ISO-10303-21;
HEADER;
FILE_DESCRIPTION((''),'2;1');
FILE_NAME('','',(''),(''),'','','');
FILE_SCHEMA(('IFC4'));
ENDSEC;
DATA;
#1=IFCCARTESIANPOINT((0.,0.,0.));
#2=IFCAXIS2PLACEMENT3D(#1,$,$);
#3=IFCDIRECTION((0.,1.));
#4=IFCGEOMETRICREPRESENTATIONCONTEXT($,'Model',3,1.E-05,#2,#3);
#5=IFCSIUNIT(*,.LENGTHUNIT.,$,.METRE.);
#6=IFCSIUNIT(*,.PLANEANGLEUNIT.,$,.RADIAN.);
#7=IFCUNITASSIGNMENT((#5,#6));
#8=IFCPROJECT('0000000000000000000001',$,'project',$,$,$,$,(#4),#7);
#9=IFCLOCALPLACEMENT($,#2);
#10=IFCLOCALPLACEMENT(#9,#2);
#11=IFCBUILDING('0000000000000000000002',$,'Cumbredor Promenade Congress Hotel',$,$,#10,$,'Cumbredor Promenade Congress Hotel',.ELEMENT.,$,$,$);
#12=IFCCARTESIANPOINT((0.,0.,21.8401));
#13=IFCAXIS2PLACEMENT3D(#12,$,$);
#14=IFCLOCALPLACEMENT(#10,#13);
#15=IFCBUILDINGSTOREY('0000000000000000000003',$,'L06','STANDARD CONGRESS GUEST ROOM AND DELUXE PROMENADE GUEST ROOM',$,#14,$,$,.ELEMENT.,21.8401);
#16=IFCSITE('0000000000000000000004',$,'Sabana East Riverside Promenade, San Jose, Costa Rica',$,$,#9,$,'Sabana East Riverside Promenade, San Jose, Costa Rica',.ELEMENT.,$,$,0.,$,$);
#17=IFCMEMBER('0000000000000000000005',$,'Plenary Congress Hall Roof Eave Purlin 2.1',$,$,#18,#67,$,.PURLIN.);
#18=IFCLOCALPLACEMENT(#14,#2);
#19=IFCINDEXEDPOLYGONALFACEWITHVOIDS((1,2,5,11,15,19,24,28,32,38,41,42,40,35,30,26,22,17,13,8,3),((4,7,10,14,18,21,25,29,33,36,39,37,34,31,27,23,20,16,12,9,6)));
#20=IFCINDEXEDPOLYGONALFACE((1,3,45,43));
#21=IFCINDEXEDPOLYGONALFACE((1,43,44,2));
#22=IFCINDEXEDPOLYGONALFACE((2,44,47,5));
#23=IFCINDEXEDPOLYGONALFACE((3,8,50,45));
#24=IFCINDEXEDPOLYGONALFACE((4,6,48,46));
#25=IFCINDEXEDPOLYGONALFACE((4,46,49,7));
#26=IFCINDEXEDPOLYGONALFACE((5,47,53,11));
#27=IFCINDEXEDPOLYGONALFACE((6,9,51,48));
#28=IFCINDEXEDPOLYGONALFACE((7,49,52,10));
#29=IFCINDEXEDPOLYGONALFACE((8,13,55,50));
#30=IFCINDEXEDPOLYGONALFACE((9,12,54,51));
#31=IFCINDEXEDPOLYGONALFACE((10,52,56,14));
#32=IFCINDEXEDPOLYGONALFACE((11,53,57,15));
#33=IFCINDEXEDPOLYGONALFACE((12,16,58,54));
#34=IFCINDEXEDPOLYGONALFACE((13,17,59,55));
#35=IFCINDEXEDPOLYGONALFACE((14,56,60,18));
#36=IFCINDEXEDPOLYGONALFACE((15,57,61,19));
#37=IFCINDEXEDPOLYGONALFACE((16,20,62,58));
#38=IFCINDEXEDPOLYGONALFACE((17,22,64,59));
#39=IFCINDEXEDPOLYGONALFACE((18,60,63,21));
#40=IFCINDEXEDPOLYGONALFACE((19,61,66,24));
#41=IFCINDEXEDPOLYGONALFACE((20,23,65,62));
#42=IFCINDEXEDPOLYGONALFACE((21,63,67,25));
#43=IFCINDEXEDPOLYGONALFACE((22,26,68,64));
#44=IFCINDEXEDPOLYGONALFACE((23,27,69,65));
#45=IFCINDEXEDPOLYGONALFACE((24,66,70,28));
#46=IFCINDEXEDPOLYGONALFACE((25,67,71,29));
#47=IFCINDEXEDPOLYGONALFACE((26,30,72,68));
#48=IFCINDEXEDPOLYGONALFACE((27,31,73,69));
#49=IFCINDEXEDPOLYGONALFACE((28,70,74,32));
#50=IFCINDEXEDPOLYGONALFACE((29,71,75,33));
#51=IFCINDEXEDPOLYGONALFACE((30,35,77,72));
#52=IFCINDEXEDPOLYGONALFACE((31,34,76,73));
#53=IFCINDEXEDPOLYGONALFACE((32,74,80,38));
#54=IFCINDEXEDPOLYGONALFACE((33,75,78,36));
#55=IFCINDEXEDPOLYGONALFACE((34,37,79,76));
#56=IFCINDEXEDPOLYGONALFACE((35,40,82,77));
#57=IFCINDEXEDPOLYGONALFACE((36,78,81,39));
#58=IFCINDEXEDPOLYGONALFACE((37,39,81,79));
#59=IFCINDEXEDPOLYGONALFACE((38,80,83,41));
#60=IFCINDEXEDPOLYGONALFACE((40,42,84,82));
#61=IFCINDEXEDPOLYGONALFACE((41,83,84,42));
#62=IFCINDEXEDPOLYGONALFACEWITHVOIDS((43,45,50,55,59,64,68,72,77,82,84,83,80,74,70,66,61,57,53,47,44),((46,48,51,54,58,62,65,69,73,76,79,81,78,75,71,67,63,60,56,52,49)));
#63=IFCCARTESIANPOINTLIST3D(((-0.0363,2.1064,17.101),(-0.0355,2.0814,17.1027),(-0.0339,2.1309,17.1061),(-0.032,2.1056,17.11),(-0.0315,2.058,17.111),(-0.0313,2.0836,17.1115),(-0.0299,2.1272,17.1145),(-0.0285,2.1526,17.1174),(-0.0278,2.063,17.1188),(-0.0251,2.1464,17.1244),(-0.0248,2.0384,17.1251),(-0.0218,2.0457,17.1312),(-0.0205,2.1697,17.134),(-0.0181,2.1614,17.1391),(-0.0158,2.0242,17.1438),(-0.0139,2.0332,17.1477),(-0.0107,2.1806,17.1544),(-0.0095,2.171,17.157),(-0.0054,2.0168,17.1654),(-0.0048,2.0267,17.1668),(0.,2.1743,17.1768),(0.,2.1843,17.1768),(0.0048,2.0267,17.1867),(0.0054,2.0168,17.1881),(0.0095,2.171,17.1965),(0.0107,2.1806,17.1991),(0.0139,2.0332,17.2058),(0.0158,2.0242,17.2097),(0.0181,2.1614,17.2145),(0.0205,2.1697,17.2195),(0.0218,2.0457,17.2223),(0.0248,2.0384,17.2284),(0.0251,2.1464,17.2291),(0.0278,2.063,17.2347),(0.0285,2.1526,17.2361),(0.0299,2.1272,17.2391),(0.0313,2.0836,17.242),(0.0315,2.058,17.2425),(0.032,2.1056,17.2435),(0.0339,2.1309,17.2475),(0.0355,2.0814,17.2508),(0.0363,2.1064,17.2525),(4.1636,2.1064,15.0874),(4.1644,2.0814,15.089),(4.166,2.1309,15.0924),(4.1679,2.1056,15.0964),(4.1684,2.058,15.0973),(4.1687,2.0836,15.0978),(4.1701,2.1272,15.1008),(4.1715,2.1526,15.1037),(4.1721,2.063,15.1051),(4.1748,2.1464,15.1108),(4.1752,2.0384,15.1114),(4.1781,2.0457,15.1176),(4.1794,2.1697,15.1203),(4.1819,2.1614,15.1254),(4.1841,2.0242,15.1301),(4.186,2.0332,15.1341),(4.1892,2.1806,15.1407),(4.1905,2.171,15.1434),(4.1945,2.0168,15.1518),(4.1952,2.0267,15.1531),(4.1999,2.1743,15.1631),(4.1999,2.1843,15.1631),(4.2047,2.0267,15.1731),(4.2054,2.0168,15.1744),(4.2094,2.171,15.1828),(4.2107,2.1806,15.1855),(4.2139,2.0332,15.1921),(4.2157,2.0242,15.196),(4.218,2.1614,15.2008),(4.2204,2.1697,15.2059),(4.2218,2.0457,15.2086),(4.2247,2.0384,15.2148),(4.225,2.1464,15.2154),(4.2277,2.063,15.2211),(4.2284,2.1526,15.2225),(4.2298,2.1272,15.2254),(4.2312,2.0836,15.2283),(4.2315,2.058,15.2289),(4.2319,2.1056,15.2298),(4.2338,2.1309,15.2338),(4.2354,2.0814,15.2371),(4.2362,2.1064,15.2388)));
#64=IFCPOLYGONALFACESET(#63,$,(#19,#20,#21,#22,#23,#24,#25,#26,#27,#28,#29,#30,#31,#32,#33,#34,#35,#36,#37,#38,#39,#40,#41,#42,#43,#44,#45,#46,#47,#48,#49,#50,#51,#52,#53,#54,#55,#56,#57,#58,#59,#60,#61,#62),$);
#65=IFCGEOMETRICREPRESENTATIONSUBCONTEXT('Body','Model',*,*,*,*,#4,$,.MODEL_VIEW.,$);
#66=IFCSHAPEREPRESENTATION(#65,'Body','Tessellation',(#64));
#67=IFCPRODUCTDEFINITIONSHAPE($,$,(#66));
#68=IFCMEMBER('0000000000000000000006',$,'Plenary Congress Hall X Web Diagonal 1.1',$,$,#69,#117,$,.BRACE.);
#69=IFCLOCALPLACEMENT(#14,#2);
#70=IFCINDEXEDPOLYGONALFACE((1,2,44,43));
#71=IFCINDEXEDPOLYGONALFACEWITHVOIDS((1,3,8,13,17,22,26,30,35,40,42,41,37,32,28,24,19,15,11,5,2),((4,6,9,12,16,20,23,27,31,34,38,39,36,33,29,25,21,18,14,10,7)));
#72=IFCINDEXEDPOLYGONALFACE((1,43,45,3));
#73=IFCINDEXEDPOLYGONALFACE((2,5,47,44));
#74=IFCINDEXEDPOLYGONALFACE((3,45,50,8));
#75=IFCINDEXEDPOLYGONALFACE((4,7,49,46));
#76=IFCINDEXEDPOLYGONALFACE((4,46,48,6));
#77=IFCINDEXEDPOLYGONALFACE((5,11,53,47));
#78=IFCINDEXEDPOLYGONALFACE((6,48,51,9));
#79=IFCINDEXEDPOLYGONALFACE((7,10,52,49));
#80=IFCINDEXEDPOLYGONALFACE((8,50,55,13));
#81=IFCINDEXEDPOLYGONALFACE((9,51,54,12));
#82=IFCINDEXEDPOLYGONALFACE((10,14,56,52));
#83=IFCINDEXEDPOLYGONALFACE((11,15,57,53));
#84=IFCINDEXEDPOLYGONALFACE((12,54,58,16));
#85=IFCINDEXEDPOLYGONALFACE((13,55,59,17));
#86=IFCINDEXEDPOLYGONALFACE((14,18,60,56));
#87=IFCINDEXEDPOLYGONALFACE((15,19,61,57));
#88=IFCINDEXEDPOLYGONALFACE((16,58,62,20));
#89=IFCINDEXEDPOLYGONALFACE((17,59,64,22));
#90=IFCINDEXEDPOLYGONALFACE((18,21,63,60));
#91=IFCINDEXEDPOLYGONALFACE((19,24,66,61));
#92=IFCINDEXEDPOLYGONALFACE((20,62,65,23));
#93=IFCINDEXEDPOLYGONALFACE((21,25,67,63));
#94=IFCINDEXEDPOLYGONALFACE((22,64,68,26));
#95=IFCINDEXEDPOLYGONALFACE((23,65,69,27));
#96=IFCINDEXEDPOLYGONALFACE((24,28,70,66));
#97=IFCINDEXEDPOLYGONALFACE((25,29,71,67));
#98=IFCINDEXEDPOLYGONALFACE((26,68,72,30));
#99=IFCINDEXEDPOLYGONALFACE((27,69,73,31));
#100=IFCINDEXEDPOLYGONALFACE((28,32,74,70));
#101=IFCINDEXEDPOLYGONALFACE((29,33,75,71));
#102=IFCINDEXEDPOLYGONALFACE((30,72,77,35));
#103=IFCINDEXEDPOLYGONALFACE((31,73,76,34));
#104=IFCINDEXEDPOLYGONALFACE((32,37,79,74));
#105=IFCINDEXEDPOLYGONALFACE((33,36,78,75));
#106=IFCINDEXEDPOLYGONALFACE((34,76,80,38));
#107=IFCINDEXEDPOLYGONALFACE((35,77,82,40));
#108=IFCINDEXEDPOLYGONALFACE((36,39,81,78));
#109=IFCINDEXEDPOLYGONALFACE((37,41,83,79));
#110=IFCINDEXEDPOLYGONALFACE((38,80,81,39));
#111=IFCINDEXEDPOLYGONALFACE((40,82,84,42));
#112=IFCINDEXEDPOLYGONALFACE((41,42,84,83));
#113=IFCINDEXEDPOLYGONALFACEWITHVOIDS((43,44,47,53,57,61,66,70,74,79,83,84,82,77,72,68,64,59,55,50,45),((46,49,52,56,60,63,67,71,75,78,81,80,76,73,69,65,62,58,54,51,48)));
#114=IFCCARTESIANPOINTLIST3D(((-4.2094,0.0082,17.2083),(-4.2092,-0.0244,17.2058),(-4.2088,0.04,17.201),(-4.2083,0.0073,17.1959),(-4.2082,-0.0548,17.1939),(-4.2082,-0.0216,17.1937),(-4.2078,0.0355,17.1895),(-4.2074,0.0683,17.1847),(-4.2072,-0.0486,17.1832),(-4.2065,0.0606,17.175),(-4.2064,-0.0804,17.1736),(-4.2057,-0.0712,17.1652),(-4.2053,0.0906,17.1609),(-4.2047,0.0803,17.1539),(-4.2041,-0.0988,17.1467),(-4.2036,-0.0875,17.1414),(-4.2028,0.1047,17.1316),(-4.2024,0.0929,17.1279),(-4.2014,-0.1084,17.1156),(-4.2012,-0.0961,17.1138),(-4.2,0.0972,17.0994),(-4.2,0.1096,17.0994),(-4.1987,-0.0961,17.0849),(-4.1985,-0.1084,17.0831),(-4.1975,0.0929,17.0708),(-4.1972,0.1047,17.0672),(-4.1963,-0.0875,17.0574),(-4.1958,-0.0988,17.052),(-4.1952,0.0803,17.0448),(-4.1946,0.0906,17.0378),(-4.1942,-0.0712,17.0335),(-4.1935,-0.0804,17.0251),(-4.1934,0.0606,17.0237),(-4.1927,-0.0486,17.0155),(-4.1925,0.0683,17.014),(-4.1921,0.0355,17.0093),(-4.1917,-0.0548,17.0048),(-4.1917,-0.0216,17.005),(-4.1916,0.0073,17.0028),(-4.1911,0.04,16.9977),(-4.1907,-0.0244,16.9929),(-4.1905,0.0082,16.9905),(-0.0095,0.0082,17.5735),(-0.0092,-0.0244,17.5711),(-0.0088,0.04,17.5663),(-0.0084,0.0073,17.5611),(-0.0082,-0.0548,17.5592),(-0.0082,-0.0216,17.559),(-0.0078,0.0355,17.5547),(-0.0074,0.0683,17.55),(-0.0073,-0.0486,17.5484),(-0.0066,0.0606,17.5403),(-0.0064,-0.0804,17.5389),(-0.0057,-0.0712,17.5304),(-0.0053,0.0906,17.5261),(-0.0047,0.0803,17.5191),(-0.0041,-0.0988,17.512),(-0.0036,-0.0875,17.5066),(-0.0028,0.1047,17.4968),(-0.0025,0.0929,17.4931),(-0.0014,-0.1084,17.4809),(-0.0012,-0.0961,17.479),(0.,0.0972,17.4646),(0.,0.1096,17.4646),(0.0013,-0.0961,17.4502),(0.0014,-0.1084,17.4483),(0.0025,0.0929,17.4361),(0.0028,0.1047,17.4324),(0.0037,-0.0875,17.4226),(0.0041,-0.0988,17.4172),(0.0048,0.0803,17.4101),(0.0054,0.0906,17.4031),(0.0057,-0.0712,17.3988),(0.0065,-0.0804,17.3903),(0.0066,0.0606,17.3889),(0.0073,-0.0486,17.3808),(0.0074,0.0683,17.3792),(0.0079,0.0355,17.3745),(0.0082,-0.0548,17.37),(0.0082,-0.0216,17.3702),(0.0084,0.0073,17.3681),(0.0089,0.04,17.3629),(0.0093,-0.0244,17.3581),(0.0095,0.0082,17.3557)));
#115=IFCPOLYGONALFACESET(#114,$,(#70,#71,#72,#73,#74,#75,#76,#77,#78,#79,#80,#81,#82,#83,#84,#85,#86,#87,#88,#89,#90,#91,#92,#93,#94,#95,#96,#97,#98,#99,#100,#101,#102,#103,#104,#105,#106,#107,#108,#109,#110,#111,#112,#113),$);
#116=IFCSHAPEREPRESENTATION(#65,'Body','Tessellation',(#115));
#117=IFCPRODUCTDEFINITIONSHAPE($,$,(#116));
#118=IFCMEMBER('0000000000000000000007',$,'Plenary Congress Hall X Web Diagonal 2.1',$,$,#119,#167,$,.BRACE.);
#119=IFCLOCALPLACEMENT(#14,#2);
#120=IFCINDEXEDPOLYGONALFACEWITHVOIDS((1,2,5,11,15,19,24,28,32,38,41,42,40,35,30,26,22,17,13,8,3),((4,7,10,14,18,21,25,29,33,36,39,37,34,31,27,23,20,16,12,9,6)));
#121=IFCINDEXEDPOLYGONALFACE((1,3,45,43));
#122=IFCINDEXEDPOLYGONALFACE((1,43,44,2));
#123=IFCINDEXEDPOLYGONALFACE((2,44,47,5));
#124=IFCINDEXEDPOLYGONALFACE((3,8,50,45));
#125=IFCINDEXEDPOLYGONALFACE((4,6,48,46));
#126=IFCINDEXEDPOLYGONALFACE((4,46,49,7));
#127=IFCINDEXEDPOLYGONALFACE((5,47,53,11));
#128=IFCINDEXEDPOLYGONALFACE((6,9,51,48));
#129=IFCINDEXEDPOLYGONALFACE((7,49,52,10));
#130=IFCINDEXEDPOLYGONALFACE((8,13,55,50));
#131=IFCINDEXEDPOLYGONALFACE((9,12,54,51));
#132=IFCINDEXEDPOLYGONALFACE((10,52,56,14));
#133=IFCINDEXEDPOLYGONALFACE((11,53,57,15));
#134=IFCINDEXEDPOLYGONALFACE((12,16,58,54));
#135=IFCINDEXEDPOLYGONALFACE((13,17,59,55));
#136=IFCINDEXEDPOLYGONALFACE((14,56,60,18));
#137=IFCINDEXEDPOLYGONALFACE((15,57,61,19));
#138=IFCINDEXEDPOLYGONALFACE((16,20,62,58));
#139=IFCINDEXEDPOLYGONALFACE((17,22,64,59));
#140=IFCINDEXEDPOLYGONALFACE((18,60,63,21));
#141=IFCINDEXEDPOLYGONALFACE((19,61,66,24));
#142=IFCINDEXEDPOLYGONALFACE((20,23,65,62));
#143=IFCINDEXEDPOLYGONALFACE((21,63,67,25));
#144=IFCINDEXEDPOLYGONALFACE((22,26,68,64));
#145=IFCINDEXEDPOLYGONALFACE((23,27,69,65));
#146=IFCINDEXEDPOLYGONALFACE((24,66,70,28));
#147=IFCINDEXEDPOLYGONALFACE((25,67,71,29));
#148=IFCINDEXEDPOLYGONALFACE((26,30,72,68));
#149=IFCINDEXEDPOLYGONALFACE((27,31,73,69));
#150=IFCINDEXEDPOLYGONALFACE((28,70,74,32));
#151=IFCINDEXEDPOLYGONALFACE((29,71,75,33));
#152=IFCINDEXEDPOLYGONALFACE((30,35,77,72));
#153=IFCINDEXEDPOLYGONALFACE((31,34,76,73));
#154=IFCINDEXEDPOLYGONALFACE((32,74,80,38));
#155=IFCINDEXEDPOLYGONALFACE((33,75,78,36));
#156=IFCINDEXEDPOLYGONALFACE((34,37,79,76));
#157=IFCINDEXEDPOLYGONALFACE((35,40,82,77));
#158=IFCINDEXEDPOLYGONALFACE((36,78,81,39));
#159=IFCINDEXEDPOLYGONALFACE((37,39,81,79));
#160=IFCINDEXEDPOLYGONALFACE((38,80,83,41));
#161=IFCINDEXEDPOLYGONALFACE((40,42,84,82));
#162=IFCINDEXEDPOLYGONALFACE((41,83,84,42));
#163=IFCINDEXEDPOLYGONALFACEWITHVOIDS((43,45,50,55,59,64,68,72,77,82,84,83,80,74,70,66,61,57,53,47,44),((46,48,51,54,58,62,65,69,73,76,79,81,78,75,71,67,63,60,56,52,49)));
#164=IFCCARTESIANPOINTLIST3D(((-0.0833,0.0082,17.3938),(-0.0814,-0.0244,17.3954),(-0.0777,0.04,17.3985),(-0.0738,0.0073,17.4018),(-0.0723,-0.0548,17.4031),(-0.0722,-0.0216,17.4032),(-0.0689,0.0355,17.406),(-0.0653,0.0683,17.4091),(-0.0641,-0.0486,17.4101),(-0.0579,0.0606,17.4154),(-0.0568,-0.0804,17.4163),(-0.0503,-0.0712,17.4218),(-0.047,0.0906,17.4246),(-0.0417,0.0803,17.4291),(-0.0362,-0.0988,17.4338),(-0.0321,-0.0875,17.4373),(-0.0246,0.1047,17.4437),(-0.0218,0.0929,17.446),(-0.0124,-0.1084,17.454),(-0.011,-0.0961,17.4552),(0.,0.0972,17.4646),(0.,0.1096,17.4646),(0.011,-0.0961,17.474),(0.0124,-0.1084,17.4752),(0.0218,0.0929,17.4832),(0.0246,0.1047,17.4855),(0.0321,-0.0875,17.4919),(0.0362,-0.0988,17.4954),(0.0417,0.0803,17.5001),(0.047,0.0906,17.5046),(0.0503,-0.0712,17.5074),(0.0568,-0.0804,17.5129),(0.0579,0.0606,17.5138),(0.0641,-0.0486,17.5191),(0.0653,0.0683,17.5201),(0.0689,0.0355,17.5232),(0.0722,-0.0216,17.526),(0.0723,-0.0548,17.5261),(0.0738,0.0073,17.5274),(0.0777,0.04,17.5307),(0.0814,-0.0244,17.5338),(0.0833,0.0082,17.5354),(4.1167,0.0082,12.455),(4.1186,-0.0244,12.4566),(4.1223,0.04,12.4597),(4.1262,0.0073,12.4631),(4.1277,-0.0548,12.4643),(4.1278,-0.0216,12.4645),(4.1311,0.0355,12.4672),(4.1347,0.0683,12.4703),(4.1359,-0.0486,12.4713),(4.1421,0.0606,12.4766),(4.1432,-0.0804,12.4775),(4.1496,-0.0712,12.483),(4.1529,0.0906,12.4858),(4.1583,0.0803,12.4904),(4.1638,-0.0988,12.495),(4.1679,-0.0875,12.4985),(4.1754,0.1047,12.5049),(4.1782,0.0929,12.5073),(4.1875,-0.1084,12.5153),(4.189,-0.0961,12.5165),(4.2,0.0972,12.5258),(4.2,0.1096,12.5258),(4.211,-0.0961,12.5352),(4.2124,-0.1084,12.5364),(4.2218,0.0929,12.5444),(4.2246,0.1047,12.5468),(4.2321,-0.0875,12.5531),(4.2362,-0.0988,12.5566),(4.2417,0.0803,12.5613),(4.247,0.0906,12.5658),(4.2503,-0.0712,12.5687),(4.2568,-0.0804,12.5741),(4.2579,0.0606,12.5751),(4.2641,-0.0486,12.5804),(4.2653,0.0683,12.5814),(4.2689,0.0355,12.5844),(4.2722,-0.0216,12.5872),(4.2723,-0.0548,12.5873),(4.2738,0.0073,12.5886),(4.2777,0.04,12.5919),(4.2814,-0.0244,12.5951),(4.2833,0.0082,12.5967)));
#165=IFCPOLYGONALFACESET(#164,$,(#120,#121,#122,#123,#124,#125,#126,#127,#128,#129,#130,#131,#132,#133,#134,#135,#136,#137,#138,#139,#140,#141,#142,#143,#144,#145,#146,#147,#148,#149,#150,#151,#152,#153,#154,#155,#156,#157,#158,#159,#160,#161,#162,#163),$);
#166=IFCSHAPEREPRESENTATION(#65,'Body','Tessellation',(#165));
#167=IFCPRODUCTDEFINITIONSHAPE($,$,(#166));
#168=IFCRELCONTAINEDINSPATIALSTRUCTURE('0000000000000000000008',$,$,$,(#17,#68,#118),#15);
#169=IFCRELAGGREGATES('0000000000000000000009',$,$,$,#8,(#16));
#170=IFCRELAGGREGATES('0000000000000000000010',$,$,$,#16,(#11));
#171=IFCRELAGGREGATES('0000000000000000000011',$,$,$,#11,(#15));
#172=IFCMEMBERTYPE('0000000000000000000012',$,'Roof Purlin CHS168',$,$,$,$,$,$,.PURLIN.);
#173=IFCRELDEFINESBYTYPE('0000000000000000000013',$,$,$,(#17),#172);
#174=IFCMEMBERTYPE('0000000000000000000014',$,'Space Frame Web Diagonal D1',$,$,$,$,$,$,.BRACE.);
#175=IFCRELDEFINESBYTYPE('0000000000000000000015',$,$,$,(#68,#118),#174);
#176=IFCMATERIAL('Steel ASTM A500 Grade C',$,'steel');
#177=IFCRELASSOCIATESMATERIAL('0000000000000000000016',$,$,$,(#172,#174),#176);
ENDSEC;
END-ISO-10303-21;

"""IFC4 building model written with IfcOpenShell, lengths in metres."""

from ifc_helpers import new_model, si_unit, direction, frame, origin, origin_2d, place, context, subcontext, project, spatial, hollow_circle, extrude, material, material_profile, profile_set, type_object, element, save


model = new_model("IFC4")

# Units and contexts
model_context = context("Model", 3, precision=1e-05, world=origin(), true_north=direction((0.0, 1.0)))
body_context = subcontext(model_context, "Body", "Model", "MODEL_VIEW")
ifc_project = project(units=[si_unit("LENGTHUNIT", "METRE"), si_unit("PLANEANGLEUNIT", "RADIAN")], contexts=[model_context])

# Site, building, storey
site_placement = place(None, origin())
site = spatial("IfcSite", under=ifc_project, at=site_placement, Name="Sabana East Riverside Promenade, San Jose, Costa Rica", LongName="Sabana East Riverside Promenade, San Jose, Costa Rica", CompositionType="ELEMENT", RefElevation=0.0)
building_placement = place(site_placement, origin())
building = spatial("IfcBuilding", under=site, at=building_placement, Name="Cumbredor Promenade Congress Hotel", LongName="Cumbredor Promenade Congress Hotel", CompositionType="ELEMENT")
storey_placement = place(building_placement, frame((0.0, 0.0, 21.8401)))
storey = spatial("IfcBuildingStorey", under=building, at=storey_placement, Name="L06", Description="STANDARD CONGRESS GUEST ROOM AND DELUXE PROMENADE GUEST ROOM", CompositionType="ELEMENT", Elevation=21.8401)

# Members
ifc_material_1 = material(Name="Steel ASTM A500 Grade C", Category="steel")
ifc_material_profile_1 = material_profile(ifc_material_1, hollow_circle(Radius=0.0842, WallThickness=0.01, at=origin_2d()), Name="CHS 168.3x10")
ifc_profile_set_1 = profile_set([ifc_material_profile_1], Name="Steel ASTM A500 Grade C")
member_type_1 = type_object("IfcMemberType", Name="Roof Purlin CHS168", PredefinedType="PURLIN", material=ifc_profile_set_1)
member_1_placement = place(storey_placement, frame((0.0, 2.1001, 17.1768), z_axis=(0.901716, 0.0, -0.432329), x_axis=(0.0, 1.0, 0.0)))
element("IfcMember", 1, at=member_1_placement, inside=storey, type_object=member_type_1, Name="Plenary Congress Hall Roof Eave Purlin 2.1", PredefinedType="PURLIN", context=body_context, shape_type="SweptSolid", body=[
    extrude(hollow_circle(Radius=0.0842, WallThickness=0.01, at=origin_2d()), origin(), (0.0, 0.0, 1.0), 4.6577),
])
ifc_material_profile_2 = material_profile(ifc_material_1, hollow_circle(Radius=0.1096, WallThickness=0.0125, at=origin_2d()), Name="CHS 219.1x12.5")
ifc_profile_set_2 = profile_set([ifc_material_profile_2], Name="Steel ASTM A500 Grade C")
member_type_2 = type_object("IfcMemberType", Name="Space Frame Web Diagonal D1", PredefinedType="BRACE", material=ifc_profile_set_2)
member_2_placement = place(storey_placement, frame((-4.2, 0.0, 17.0994), z_axis=(0.99624, 0.0, 0.086635), x_axis=(0.0, 1.0, 0.0)))
element("IfcMember", 2, at=member_2_placement, inside=storey, type_object=member_type_2, Name="Plenary Congress Hall X Web Diagonal 1.1", PredefinedType="BRACE", context=body_context, shape_type="SweptSolid", body=[
    extrude(hollow_circle(Radius=0.1096, WallThickness=0.0125, at=origin_2d()), origin(), (0.0, 0.0, 1.0), 4.2158),
])
member_3_placement = place(storey_placement, frame((0.0, 0.0, 17.4646), z_axis=(0.647831, 0.0, -0.761784), x_axis=(0.0, 1.0, 0.0)))
element("IfcMember", 3, at=member_3_placement, inside=storey, type_object=member_type_2, Name="Plenary Congress Hall X Web Diagonal 2.1", PredefinedType="BRACE", context=body_context, shape_type="SweptSolid", body=[
    extrude(hollow_circle(Radius=0.1096, WallThickness=0.0125, at=origin_2d()), origin(), (0.0, 0.0, 1.0), 6.4832),
])

save(model, "model.ifc")
